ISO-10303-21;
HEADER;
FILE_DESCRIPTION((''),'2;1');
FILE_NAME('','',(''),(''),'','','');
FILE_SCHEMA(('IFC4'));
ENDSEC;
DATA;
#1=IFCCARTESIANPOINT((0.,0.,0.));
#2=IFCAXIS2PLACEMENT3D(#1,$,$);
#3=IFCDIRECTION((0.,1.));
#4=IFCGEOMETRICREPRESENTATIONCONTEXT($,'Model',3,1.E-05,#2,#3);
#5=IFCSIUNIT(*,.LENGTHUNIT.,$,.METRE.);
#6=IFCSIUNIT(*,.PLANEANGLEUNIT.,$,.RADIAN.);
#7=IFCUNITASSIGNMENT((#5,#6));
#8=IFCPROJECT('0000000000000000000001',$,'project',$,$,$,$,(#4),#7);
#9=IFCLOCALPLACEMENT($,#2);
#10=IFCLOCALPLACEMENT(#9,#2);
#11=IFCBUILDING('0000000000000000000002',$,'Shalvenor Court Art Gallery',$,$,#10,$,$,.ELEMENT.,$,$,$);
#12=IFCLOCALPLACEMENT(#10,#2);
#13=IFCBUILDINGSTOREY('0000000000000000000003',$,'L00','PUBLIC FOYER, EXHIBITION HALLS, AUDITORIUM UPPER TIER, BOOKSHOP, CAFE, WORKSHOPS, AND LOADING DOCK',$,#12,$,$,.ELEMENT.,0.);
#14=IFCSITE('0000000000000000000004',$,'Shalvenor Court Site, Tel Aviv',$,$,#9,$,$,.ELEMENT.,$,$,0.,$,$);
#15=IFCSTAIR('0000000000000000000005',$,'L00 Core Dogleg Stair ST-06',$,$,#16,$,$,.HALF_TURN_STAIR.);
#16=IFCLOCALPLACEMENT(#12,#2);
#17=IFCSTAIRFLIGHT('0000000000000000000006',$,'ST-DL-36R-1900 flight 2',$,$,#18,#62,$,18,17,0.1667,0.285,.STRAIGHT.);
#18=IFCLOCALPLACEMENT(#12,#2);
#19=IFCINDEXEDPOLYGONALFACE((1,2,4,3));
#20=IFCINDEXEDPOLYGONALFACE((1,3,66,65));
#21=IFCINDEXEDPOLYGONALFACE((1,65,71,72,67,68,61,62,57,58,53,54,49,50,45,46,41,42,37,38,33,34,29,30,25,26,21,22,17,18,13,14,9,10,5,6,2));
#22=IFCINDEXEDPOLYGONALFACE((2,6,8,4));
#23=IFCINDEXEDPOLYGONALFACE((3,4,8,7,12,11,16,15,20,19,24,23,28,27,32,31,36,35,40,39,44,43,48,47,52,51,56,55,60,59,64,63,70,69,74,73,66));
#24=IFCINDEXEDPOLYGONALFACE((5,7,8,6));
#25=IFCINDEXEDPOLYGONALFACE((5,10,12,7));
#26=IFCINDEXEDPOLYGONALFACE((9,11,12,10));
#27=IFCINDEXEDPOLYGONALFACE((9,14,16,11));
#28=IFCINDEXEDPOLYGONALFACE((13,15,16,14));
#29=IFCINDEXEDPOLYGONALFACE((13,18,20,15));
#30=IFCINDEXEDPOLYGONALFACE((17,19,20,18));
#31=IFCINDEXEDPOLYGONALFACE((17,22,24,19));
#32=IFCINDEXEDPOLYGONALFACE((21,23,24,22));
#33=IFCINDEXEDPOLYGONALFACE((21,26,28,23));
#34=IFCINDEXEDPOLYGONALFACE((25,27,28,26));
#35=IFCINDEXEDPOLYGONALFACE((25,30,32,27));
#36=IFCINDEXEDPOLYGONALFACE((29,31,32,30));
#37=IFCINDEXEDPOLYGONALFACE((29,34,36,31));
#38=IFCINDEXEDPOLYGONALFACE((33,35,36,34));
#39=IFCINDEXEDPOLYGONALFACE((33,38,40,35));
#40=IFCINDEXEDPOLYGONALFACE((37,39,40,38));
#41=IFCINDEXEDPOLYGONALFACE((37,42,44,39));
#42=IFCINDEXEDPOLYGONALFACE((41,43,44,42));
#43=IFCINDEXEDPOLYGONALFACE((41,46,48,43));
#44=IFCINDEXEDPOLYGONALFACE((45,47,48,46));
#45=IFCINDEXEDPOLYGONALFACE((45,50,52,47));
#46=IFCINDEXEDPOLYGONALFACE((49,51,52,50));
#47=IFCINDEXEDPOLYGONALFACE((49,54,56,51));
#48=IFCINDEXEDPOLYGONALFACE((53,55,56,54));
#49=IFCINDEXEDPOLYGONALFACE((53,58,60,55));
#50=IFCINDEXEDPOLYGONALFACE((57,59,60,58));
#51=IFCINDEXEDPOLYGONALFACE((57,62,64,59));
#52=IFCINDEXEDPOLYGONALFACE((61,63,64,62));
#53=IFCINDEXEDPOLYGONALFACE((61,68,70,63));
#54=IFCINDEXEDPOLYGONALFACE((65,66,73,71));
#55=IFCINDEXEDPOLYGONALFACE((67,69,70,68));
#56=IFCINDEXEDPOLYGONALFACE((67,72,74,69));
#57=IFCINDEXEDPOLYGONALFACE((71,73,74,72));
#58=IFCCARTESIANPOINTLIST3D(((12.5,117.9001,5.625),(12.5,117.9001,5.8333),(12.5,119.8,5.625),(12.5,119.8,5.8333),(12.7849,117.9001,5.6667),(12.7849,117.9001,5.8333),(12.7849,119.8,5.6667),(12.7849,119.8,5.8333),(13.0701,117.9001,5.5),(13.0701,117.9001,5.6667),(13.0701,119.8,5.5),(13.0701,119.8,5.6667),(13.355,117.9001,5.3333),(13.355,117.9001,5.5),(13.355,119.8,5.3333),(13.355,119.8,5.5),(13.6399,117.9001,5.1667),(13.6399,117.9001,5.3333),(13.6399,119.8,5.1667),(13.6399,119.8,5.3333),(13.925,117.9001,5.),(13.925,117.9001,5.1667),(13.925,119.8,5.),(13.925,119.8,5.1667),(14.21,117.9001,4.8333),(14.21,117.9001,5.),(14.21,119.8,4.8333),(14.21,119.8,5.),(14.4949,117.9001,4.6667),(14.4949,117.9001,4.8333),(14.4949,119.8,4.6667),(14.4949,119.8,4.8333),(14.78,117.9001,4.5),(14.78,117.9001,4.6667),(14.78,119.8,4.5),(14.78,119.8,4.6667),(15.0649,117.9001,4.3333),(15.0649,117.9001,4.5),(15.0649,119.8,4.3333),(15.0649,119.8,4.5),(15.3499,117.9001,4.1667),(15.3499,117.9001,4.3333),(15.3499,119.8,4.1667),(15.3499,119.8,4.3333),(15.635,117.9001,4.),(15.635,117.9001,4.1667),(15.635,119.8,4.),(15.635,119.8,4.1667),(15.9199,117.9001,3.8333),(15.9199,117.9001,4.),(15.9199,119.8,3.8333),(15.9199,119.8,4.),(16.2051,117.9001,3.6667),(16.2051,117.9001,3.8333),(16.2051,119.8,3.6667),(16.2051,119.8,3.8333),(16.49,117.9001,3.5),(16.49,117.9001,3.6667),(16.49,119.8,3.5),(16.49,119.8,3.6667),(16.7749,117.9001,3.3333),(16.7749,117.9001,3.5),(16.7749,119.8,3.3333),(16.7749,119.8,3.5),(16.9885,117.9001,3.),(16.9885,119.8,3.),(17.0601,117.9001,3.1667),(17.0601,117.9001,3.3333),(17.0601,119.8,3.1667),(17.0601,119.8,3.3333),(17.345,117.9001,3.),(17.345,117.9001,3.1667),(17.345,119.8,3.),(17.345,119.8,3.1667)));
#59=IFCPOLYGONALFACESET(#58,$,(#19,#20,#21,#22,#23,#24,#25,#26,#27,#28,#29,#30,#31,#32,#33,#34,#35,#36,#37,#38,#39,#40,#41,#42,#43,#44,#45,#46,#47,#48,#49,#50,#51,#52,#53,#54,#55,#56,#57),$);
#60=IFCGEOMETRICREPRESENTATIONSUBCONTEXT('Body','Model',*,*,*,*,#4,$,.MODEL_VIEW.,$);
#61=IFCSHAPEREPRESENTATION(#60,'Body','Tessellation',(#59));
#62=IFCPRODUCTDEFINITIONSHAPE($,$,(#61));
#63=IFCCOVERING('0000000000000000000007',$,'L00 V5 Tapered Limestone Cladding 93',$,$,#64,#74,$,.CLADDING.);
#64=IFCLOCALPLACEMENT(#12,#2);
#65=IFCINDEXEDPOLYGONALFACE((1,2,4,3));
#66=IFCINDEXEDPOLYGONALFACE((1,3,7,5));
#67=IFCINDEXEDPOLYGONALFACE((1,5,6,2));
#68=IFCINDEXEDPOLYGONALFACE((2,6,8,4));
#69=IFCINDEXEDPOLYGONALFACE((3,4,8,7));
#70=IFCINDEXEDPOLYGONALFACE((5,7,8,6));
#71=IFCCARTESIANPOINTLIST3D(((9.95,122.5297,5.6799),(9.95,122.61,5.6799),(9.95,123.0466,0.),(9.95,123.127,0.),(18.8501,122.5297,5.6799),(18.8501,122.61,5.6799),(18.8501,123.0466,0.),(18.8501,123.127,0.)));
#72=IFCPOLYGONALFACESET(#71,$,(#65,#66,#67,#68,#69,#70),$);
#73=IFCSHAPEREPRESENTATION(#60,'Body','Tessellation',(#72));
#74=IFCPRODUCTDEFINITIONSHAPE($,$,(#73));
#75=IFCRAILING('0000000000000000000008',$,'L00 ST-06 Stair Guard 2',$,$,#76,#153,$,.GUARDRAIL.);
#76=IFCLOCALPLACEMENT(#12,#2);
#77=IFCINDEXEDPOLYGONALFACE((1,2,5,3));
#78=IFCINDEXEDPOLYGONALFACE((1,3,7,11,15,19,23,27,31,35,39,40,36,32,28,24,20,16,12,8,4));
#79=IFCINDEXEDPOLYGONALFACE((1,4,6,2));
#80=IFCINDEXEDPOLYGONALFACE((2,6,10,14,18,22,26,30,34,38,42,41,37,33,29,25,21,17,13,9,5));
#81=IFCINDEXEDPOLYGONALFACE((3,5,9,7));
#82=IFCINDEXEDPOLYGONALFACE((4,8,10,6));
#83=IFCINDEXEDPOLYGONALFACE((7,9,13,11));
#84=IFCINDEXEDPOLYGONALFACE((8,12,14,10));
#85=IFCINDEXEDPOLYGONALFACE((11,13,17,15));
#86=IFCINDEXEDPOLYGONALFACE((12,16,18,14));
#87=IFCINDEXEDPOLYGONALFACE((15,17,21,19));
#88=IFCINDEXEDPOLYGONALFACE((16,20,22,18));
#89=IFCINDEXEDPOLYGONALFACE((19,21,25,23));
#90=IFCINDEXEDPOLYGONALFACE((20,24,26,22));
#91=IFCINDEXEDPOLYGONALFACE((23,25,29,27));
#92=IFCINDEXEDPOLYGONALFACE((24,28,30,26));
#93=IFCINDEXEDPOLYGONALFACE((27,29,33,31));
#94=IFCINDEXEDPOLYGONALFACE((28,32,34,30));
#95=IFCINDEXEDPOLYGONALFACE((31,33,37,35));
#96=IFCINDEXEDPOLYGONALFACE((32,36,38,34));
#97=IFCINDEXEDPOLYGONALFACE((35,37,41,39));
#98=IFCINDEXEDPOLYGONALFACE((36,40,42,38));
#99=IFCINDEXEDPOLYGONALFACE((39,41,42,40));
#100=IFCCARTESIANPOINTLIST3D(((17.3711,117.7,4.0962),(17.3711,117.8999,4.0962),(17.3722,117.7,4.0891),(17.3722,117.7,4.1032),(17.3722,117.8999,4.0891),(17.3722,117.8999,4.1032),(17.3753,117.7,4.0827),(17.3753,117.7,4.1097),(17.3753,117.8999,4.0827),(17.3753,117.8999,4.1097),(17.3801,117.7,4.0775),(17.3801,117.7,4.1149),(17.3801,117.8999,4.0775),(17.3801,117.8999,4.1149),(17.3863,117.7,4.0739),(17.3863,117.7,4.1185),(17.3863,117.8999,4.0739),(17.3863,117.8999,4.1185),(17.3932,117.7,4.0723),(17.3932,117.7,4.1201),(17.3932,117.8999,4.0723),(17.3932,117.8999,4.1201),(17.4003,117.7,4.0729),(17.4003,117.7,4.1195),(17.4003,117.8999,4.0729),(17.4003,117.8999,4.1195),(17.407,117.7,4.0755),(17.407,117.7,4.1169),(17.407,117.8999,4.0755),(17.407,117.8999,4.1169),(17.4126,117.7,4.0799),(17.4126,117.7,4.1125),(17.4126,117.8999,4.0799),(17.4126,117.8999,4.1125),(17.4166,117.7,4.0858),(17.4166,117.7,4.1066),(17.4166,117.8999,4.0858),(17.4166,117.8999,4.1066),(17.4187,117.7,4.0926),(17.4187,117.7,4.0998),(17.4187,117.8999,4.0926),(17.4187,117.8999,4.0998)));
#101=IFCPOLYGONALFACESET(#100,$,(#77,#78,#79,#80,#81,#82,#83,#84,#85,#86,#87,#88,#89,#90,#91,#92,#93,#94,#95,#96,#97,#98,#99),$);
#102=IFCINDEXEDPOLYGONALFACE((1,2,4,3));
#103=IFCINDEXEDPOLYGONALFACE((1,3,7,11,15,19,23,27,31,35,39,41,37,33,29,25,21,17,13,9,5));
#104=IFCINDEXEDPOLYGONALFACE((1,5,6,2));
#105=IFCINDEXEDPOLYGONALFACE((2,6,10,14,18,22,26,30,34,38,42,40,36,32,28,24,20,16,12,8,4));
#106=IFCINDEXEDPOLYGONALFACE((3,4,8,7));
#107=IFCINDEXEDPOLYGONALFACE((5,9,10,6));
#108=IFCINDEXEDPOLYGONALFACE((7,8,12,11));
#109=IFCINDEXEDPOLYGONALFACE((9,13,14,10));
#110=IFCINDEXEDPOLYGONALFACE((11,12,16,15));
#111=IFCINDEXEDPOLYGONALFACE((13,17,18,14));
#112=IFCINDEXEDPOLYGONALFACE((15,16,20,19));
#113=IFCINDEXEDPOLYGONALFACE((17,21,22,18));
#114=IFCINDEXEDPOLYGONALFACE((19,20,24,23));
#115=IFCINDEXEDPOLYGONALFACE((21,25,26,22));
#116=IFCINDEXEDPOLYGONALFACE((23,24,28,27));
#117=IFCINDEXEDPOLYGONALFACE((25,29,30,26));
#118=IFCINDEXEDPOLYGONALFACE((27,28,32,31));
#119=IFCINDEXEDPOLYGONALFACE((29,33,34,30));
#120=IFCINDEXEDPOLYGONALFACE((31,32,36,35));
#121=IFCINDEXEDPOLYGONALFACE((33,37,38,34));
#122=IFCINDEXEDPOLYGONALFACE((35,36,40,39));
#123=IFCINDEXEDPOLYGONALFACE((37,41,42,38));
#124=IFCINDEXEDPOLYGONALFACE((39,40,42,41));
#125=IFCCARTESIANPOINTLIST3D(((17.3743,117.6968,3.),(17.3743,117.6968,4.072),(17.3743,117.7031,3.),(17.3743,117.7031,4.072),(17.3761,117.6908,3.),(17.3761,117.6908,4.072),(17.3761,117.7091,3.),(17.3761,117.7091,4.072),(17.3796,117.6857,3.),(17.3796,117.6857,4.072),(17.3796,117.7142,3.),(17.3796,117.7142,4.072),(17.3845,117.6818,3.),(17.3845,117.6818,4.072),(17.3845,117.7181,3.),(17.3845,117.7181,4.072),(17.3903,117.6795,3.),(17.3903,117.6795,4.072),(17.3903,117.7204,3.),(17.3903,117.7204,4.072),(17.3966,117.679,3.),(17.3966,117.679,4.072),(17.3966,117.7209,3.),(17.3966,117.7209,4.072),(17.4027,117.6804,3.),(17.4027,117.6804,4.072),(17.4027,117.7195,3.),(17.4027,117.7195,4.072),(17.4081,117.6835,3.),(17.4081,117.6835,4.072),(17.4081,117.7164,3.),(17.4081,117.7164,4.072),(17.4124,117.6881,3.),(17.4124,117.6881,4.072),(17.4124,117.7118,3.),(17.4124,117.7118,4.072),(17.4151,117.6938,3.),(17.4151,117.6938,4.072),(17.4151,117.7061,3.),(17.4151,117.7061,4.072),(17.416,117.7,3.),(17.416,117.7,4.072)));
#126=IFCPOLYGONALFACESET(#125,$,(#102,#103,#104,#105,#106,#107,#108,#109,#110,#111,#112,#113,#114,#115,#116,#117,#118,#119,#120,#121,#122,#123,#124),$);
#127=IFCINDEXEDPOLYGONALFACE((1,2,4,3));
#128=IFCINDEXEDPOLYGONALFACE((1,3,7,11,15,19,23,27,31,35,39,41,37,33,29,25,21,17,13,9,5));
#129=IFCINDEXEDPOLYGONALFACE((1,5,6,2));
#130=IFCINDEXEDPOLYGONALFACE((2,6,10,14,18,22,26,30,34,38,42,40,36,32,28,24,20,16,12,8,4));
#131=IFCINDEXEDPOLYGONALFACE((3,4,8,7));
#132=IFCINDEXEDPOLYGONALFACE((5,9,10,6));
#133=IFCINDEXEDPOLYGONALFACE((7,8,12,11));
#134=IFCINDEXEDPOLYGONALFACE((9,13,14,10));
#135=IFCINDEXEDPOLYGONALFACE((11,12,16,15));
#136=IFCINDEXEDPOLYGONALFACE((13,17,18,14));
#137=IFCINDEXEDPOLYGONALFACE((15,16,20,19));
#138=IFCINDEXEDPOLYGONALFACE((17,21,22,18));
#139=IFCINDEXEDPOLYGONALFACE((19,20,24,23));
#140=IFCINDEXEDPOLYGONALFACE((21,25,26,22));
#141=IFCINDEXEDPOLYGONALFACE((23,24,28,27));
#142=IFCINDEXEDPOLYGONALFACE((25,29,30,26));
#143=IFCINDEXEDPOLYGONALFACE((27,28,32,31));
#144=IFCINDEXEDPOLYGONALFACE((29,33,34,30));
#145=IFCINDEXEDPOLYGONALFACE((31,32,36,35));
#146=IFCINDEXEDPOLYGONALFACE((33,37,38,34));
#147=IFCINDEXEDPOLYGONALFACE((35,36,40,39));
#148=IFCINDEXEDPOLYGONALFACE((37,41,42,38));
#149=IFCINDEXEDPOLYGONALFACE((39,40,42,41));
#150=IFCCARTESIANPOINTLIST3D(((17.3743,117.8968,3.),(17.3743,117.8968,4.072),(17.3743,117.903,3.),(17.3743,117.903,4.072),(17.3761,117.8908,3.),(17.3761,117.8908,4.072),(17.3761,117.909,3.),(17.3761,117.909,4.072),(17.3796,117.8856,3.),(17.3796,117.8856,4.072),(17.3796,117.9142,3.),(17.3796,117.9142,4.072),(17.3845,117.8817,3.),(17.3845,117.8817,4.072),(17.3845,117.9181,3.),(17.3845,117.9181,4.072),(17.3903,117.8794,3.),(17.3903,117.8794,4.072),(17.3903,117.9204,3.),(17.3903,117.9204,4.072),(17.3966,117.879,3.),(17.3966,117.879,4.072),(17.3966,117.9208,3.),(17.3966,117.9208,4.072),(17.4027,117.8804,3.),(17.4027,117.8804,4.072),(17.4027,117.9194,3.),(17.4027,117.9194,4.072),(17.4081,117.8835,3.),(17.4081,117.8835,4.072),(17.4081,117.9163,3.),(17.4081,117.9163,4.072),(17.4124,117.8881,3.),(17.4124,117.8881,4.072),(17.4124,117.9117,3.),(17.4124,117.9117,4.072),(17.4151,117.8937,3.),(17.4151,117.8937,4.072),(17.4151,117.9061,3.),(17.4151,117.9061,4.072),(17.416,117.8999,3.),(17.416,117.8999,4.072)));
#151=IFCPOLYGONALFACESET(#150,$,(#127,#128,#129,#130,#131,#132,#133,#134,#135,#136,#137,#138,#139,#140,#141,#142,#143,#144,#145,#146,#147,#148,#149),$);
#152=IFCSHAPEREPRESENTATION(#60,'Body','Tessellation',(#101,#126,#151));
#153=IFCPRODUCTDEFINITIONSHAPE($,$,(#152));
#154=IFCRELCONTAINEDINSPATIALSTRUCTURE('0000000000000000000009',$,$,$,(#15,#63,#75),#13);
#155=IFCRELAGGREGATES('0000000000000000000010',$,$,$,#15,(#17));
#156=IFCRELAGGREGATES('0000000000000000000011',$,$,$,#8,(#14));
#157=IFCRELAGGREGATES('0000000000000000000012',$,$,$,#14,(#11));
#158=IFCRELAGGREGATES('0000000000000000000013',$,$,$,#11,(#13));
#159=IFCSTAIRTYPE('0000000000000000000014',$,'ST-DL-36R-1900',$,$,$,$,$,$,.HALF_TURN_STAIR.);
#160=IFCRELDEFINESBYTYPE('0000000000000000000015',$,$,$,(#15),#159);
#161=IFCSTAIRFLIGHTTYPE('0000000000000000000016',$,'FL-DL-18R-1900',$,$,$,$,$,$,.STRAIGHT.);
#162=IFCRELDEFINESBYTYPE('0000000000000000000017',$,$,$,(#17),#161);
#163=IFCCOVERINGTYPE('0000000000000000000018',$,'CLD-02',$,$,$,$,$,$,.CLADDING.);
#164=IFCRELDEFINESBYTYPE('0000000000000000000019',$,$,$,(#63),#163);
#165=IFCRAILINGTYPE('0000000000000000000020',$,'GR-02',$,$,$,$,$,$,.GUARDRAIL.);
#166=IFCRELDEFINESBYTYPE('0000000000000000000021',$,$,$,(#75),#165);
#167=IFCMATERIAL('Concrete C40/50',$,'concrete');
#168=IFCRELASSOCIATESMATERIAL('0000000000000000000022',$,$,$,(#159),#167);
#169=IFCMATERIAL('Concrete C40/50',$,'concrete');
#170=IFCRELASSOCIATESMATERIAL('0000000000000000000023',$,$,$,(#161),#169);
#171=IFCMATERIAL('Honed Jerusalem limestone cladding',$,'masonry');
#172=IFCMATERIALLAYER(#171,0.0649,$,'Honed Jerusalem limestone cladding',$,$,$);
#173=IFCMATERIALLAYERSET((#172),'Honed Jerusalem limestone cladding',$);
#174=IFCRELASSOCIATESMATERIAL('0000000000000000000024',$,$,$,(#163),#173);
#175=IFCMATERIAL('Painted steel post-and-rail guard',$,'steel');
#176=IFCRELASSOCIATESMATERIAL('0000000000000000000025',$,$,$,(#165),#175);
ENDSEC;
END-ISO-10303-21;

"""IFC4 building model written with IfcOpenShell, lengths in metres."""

from ifc_helpers import new_model, si_unit, direction, frame, origin, origin_2d, place, context, subcontext, project, spatial, polyline, circle, outline, extrude, material, layer, layer_set, type_object, element, aggregate, save


model = new_model("IFC4")

# Units and contexts
model_context = context("Model", 3, precision=1e-05, world=origin(), true_north=direction((0.0, 1.0)))
body_context = subcontext(model_context, "Body", "Model", "MODEL_VIEW")
ifc_project = project(units=[si_unit("LENGTHUNIT", "METRE"), si_unit("PLANEANGLEUNIT", "RADIAN")], contexts=[model_context])

# Site, building, storey
site_placement = place(None, origin())
site = spatial("IfcSite", under=ifc_project, at=site_placement, Name="Shalvenor Court Site, Tel Aviv", CompositionType="ELEMENT", RefElevation=0.0)
building_placement = place(site_placement, origin())
building = spatial("IfcBuilding", under=site, at=building_placement, Name="Shalvenor Court Art Gallery", CompositionType="ELEMENT")
storey_placement = place(building_placement, origin())
storey = spatial("IfcBuildingStorey", under=building, at=storey_placement, Name="L00", Description="PUBLIC FOYER, EXHIBITION HALLS, AUDITORIUM UPPER TIER, BOOKSHOP, CAFE, WORKSHOPS, AND LOADING DOCK", CompositionType="ELEMENT", Elevation=0.0)

# Stair, stair flight
ifc_material_1 = material(Name="Concrete C40/50", Category="concrete")
stair_type = type_object("IfcStairType", Name="ST-DL-36R-1900", PredefinedType="HALF_TURN_STAIR", material=ifc_material_1)
stair_placement = place(storey_placement, origin())
stair = element("IfcStair", 1, at=stair_placement, inside=storey, type_object=stair_type, Name="L00 Core Dogleg Stair ST-06", PredefinedType="HALF_TURN_STAIR")
ifc_material_2 = material(Name="Concrete C40/50", Category="concrete")
stair_flight_type = type_object("IfcStairFlightType", Name="FL-DL-18R-1900", PredefinedType="STRAIGHT", material=ifc_material_2)
stair_flight_placement = place(storey_placement, frame((17.345, 118.8501, 3.0), z_axis=(0.0, 0.0, 1.0), x_axis=(-1.0, 0.0, 0.0)))
stair_flight = element("IfcStairFlight", 2, at=stair_flight_placement, type_object=stair_flight_type, Name="ST-DL-36R-1900 flight 2", NumberOfRisers=18, NumberOfTreads=17, PredefinedType="STRAIGHT", RiserHeight=0.1667, TreadLength=0.285, context=body_context, shape_type="SweptSolid", body=[
    extrude(outline(polyline([(0.0, 0.0), (0.0, 0.1667), (0.2849, 0.1667), (0.2849, 0.3333), (0.5701, 0.3333), (0.5701, 0.5), (0.855, 0.5), (0.855, 0.6667), (1.1399, 0.6667), (1.1399, 0.8333), (1.425, 0.8333), (1.425, 1.0), (1.71, 1.0), (1.71, 1.1667), (1.9951, 1.1667), (1.9951, 1.3333), (2.28, 1.3333), (2.28, 1.5), (2.5649, 1.5), (2.5649, 1.6667), (2.8501, 1.6667), (2.8501, 1.8333), (3.135, 1.8333), (3.135, 2.0), (3.4199, 2.0), (3.4199, 2.1667), (3.7051, 2.1667), (3.7051, 2.3333), (3.99, 2.3333), (3.99, 2.5), (4.2749, 2.5), (4.2749, 2.6667), (4.5601, 2.6667), (4.5601, 2.8333), (4.845, 2.8333), (4.845, 3.0), (4.845, 2.625), (0.3564, 0.0), (0.0, 0.0)])), frame((0.0, 0.95, 0.0), z_axis=(0.0, -1.0, 0.0), x_axis=(1.0, 0.0, 0.0)), (0.0, 0.0, 1.0), 1.8999),
])
aggregate(stair, [stair_flight])

# Covering
ifc_material_3 = material(Name="Honed Jerusalem limestone cladding", Category="masonry")
ifc_layer_1 = layer(ifc_material_3, 0.0649, Name="Honed Jerusalem limestone cladding")
ifc_layer_set_1 = layer_set([ifc_layer_1], Name="Honed Jerusalem limestone cladding")
covering_type = type_object("IfcCoveringType", Name="CLD-02", PredefinedType="CLADDING", material=ifc_layer_set_1)
covering_placement = place(storey_placement, frame((18.8501, 123.127, 0.0), z_axis=(0.0, 0.0, 1.0), x_axis=(-1.0, 0.0, 0.0)))
element("IfcCovering", 3, at=covering_placement, inside=storey, type_object=covering_type, Name="L00 V5 Tapered Limestone Cladding 93", PredefinedType="CLADDING", context=body_context, shape_type="SweptSolid", body=[
    extrude(outline(polyline([(0.0, 0.0), (8.9001, 0.0), (8.9001, 5.7034), (0.0, 5.7034), (0.0, 0.0)])), frame((0.0, 0.0, 0.0), z_axis=(0.0, -0.995884, 0.090633), x_axis=(1.0, 0.0, 0.0)), (0.0, 0.090633, -0.995884), 0.0803),
])

# Railing
ifc_material_4 = material(Name="Painted steel post-and-rail guard", Category="steel")
railing_type_1 = type_object("IfcRailingType", Name="GR-02", PredefinedType="GUARDRAIL", material=ifc_material_4)
railing_1_placement = place(storey_placement, frame((17.395, 117.7, 3.0)))
element("IfcRailing", 4, at=railing_1_placement, inside=storey, type_object=railing_type_1, Name="L00 ST-06 Stair Guard 2", PredefinedType="GUARDRAIL", context=body_context, shape_type="SweptSolid", body=[
    extrude(circle(Radius=0.0239, at=origin_2d()), frame((0.0, 0.0, 1.0962), z_axis=(0.0, 1.0, 0.0), x_axis=(-1.0, 0.0, 0.0)), (0.0, 0.0, 1.0), 0.2),
    extrude(circle(Radius=0.021, at=origin_2d()), origin(), (0.0, 0.0, 1.0), 1.072),
    extrude(circle(Radius=0.021, at=origin_2d()), frame((0.0, 0.2, 0.0)), (0.0, 0.0, 1.0), 1.072),
])

save(model, "model.ifc")
